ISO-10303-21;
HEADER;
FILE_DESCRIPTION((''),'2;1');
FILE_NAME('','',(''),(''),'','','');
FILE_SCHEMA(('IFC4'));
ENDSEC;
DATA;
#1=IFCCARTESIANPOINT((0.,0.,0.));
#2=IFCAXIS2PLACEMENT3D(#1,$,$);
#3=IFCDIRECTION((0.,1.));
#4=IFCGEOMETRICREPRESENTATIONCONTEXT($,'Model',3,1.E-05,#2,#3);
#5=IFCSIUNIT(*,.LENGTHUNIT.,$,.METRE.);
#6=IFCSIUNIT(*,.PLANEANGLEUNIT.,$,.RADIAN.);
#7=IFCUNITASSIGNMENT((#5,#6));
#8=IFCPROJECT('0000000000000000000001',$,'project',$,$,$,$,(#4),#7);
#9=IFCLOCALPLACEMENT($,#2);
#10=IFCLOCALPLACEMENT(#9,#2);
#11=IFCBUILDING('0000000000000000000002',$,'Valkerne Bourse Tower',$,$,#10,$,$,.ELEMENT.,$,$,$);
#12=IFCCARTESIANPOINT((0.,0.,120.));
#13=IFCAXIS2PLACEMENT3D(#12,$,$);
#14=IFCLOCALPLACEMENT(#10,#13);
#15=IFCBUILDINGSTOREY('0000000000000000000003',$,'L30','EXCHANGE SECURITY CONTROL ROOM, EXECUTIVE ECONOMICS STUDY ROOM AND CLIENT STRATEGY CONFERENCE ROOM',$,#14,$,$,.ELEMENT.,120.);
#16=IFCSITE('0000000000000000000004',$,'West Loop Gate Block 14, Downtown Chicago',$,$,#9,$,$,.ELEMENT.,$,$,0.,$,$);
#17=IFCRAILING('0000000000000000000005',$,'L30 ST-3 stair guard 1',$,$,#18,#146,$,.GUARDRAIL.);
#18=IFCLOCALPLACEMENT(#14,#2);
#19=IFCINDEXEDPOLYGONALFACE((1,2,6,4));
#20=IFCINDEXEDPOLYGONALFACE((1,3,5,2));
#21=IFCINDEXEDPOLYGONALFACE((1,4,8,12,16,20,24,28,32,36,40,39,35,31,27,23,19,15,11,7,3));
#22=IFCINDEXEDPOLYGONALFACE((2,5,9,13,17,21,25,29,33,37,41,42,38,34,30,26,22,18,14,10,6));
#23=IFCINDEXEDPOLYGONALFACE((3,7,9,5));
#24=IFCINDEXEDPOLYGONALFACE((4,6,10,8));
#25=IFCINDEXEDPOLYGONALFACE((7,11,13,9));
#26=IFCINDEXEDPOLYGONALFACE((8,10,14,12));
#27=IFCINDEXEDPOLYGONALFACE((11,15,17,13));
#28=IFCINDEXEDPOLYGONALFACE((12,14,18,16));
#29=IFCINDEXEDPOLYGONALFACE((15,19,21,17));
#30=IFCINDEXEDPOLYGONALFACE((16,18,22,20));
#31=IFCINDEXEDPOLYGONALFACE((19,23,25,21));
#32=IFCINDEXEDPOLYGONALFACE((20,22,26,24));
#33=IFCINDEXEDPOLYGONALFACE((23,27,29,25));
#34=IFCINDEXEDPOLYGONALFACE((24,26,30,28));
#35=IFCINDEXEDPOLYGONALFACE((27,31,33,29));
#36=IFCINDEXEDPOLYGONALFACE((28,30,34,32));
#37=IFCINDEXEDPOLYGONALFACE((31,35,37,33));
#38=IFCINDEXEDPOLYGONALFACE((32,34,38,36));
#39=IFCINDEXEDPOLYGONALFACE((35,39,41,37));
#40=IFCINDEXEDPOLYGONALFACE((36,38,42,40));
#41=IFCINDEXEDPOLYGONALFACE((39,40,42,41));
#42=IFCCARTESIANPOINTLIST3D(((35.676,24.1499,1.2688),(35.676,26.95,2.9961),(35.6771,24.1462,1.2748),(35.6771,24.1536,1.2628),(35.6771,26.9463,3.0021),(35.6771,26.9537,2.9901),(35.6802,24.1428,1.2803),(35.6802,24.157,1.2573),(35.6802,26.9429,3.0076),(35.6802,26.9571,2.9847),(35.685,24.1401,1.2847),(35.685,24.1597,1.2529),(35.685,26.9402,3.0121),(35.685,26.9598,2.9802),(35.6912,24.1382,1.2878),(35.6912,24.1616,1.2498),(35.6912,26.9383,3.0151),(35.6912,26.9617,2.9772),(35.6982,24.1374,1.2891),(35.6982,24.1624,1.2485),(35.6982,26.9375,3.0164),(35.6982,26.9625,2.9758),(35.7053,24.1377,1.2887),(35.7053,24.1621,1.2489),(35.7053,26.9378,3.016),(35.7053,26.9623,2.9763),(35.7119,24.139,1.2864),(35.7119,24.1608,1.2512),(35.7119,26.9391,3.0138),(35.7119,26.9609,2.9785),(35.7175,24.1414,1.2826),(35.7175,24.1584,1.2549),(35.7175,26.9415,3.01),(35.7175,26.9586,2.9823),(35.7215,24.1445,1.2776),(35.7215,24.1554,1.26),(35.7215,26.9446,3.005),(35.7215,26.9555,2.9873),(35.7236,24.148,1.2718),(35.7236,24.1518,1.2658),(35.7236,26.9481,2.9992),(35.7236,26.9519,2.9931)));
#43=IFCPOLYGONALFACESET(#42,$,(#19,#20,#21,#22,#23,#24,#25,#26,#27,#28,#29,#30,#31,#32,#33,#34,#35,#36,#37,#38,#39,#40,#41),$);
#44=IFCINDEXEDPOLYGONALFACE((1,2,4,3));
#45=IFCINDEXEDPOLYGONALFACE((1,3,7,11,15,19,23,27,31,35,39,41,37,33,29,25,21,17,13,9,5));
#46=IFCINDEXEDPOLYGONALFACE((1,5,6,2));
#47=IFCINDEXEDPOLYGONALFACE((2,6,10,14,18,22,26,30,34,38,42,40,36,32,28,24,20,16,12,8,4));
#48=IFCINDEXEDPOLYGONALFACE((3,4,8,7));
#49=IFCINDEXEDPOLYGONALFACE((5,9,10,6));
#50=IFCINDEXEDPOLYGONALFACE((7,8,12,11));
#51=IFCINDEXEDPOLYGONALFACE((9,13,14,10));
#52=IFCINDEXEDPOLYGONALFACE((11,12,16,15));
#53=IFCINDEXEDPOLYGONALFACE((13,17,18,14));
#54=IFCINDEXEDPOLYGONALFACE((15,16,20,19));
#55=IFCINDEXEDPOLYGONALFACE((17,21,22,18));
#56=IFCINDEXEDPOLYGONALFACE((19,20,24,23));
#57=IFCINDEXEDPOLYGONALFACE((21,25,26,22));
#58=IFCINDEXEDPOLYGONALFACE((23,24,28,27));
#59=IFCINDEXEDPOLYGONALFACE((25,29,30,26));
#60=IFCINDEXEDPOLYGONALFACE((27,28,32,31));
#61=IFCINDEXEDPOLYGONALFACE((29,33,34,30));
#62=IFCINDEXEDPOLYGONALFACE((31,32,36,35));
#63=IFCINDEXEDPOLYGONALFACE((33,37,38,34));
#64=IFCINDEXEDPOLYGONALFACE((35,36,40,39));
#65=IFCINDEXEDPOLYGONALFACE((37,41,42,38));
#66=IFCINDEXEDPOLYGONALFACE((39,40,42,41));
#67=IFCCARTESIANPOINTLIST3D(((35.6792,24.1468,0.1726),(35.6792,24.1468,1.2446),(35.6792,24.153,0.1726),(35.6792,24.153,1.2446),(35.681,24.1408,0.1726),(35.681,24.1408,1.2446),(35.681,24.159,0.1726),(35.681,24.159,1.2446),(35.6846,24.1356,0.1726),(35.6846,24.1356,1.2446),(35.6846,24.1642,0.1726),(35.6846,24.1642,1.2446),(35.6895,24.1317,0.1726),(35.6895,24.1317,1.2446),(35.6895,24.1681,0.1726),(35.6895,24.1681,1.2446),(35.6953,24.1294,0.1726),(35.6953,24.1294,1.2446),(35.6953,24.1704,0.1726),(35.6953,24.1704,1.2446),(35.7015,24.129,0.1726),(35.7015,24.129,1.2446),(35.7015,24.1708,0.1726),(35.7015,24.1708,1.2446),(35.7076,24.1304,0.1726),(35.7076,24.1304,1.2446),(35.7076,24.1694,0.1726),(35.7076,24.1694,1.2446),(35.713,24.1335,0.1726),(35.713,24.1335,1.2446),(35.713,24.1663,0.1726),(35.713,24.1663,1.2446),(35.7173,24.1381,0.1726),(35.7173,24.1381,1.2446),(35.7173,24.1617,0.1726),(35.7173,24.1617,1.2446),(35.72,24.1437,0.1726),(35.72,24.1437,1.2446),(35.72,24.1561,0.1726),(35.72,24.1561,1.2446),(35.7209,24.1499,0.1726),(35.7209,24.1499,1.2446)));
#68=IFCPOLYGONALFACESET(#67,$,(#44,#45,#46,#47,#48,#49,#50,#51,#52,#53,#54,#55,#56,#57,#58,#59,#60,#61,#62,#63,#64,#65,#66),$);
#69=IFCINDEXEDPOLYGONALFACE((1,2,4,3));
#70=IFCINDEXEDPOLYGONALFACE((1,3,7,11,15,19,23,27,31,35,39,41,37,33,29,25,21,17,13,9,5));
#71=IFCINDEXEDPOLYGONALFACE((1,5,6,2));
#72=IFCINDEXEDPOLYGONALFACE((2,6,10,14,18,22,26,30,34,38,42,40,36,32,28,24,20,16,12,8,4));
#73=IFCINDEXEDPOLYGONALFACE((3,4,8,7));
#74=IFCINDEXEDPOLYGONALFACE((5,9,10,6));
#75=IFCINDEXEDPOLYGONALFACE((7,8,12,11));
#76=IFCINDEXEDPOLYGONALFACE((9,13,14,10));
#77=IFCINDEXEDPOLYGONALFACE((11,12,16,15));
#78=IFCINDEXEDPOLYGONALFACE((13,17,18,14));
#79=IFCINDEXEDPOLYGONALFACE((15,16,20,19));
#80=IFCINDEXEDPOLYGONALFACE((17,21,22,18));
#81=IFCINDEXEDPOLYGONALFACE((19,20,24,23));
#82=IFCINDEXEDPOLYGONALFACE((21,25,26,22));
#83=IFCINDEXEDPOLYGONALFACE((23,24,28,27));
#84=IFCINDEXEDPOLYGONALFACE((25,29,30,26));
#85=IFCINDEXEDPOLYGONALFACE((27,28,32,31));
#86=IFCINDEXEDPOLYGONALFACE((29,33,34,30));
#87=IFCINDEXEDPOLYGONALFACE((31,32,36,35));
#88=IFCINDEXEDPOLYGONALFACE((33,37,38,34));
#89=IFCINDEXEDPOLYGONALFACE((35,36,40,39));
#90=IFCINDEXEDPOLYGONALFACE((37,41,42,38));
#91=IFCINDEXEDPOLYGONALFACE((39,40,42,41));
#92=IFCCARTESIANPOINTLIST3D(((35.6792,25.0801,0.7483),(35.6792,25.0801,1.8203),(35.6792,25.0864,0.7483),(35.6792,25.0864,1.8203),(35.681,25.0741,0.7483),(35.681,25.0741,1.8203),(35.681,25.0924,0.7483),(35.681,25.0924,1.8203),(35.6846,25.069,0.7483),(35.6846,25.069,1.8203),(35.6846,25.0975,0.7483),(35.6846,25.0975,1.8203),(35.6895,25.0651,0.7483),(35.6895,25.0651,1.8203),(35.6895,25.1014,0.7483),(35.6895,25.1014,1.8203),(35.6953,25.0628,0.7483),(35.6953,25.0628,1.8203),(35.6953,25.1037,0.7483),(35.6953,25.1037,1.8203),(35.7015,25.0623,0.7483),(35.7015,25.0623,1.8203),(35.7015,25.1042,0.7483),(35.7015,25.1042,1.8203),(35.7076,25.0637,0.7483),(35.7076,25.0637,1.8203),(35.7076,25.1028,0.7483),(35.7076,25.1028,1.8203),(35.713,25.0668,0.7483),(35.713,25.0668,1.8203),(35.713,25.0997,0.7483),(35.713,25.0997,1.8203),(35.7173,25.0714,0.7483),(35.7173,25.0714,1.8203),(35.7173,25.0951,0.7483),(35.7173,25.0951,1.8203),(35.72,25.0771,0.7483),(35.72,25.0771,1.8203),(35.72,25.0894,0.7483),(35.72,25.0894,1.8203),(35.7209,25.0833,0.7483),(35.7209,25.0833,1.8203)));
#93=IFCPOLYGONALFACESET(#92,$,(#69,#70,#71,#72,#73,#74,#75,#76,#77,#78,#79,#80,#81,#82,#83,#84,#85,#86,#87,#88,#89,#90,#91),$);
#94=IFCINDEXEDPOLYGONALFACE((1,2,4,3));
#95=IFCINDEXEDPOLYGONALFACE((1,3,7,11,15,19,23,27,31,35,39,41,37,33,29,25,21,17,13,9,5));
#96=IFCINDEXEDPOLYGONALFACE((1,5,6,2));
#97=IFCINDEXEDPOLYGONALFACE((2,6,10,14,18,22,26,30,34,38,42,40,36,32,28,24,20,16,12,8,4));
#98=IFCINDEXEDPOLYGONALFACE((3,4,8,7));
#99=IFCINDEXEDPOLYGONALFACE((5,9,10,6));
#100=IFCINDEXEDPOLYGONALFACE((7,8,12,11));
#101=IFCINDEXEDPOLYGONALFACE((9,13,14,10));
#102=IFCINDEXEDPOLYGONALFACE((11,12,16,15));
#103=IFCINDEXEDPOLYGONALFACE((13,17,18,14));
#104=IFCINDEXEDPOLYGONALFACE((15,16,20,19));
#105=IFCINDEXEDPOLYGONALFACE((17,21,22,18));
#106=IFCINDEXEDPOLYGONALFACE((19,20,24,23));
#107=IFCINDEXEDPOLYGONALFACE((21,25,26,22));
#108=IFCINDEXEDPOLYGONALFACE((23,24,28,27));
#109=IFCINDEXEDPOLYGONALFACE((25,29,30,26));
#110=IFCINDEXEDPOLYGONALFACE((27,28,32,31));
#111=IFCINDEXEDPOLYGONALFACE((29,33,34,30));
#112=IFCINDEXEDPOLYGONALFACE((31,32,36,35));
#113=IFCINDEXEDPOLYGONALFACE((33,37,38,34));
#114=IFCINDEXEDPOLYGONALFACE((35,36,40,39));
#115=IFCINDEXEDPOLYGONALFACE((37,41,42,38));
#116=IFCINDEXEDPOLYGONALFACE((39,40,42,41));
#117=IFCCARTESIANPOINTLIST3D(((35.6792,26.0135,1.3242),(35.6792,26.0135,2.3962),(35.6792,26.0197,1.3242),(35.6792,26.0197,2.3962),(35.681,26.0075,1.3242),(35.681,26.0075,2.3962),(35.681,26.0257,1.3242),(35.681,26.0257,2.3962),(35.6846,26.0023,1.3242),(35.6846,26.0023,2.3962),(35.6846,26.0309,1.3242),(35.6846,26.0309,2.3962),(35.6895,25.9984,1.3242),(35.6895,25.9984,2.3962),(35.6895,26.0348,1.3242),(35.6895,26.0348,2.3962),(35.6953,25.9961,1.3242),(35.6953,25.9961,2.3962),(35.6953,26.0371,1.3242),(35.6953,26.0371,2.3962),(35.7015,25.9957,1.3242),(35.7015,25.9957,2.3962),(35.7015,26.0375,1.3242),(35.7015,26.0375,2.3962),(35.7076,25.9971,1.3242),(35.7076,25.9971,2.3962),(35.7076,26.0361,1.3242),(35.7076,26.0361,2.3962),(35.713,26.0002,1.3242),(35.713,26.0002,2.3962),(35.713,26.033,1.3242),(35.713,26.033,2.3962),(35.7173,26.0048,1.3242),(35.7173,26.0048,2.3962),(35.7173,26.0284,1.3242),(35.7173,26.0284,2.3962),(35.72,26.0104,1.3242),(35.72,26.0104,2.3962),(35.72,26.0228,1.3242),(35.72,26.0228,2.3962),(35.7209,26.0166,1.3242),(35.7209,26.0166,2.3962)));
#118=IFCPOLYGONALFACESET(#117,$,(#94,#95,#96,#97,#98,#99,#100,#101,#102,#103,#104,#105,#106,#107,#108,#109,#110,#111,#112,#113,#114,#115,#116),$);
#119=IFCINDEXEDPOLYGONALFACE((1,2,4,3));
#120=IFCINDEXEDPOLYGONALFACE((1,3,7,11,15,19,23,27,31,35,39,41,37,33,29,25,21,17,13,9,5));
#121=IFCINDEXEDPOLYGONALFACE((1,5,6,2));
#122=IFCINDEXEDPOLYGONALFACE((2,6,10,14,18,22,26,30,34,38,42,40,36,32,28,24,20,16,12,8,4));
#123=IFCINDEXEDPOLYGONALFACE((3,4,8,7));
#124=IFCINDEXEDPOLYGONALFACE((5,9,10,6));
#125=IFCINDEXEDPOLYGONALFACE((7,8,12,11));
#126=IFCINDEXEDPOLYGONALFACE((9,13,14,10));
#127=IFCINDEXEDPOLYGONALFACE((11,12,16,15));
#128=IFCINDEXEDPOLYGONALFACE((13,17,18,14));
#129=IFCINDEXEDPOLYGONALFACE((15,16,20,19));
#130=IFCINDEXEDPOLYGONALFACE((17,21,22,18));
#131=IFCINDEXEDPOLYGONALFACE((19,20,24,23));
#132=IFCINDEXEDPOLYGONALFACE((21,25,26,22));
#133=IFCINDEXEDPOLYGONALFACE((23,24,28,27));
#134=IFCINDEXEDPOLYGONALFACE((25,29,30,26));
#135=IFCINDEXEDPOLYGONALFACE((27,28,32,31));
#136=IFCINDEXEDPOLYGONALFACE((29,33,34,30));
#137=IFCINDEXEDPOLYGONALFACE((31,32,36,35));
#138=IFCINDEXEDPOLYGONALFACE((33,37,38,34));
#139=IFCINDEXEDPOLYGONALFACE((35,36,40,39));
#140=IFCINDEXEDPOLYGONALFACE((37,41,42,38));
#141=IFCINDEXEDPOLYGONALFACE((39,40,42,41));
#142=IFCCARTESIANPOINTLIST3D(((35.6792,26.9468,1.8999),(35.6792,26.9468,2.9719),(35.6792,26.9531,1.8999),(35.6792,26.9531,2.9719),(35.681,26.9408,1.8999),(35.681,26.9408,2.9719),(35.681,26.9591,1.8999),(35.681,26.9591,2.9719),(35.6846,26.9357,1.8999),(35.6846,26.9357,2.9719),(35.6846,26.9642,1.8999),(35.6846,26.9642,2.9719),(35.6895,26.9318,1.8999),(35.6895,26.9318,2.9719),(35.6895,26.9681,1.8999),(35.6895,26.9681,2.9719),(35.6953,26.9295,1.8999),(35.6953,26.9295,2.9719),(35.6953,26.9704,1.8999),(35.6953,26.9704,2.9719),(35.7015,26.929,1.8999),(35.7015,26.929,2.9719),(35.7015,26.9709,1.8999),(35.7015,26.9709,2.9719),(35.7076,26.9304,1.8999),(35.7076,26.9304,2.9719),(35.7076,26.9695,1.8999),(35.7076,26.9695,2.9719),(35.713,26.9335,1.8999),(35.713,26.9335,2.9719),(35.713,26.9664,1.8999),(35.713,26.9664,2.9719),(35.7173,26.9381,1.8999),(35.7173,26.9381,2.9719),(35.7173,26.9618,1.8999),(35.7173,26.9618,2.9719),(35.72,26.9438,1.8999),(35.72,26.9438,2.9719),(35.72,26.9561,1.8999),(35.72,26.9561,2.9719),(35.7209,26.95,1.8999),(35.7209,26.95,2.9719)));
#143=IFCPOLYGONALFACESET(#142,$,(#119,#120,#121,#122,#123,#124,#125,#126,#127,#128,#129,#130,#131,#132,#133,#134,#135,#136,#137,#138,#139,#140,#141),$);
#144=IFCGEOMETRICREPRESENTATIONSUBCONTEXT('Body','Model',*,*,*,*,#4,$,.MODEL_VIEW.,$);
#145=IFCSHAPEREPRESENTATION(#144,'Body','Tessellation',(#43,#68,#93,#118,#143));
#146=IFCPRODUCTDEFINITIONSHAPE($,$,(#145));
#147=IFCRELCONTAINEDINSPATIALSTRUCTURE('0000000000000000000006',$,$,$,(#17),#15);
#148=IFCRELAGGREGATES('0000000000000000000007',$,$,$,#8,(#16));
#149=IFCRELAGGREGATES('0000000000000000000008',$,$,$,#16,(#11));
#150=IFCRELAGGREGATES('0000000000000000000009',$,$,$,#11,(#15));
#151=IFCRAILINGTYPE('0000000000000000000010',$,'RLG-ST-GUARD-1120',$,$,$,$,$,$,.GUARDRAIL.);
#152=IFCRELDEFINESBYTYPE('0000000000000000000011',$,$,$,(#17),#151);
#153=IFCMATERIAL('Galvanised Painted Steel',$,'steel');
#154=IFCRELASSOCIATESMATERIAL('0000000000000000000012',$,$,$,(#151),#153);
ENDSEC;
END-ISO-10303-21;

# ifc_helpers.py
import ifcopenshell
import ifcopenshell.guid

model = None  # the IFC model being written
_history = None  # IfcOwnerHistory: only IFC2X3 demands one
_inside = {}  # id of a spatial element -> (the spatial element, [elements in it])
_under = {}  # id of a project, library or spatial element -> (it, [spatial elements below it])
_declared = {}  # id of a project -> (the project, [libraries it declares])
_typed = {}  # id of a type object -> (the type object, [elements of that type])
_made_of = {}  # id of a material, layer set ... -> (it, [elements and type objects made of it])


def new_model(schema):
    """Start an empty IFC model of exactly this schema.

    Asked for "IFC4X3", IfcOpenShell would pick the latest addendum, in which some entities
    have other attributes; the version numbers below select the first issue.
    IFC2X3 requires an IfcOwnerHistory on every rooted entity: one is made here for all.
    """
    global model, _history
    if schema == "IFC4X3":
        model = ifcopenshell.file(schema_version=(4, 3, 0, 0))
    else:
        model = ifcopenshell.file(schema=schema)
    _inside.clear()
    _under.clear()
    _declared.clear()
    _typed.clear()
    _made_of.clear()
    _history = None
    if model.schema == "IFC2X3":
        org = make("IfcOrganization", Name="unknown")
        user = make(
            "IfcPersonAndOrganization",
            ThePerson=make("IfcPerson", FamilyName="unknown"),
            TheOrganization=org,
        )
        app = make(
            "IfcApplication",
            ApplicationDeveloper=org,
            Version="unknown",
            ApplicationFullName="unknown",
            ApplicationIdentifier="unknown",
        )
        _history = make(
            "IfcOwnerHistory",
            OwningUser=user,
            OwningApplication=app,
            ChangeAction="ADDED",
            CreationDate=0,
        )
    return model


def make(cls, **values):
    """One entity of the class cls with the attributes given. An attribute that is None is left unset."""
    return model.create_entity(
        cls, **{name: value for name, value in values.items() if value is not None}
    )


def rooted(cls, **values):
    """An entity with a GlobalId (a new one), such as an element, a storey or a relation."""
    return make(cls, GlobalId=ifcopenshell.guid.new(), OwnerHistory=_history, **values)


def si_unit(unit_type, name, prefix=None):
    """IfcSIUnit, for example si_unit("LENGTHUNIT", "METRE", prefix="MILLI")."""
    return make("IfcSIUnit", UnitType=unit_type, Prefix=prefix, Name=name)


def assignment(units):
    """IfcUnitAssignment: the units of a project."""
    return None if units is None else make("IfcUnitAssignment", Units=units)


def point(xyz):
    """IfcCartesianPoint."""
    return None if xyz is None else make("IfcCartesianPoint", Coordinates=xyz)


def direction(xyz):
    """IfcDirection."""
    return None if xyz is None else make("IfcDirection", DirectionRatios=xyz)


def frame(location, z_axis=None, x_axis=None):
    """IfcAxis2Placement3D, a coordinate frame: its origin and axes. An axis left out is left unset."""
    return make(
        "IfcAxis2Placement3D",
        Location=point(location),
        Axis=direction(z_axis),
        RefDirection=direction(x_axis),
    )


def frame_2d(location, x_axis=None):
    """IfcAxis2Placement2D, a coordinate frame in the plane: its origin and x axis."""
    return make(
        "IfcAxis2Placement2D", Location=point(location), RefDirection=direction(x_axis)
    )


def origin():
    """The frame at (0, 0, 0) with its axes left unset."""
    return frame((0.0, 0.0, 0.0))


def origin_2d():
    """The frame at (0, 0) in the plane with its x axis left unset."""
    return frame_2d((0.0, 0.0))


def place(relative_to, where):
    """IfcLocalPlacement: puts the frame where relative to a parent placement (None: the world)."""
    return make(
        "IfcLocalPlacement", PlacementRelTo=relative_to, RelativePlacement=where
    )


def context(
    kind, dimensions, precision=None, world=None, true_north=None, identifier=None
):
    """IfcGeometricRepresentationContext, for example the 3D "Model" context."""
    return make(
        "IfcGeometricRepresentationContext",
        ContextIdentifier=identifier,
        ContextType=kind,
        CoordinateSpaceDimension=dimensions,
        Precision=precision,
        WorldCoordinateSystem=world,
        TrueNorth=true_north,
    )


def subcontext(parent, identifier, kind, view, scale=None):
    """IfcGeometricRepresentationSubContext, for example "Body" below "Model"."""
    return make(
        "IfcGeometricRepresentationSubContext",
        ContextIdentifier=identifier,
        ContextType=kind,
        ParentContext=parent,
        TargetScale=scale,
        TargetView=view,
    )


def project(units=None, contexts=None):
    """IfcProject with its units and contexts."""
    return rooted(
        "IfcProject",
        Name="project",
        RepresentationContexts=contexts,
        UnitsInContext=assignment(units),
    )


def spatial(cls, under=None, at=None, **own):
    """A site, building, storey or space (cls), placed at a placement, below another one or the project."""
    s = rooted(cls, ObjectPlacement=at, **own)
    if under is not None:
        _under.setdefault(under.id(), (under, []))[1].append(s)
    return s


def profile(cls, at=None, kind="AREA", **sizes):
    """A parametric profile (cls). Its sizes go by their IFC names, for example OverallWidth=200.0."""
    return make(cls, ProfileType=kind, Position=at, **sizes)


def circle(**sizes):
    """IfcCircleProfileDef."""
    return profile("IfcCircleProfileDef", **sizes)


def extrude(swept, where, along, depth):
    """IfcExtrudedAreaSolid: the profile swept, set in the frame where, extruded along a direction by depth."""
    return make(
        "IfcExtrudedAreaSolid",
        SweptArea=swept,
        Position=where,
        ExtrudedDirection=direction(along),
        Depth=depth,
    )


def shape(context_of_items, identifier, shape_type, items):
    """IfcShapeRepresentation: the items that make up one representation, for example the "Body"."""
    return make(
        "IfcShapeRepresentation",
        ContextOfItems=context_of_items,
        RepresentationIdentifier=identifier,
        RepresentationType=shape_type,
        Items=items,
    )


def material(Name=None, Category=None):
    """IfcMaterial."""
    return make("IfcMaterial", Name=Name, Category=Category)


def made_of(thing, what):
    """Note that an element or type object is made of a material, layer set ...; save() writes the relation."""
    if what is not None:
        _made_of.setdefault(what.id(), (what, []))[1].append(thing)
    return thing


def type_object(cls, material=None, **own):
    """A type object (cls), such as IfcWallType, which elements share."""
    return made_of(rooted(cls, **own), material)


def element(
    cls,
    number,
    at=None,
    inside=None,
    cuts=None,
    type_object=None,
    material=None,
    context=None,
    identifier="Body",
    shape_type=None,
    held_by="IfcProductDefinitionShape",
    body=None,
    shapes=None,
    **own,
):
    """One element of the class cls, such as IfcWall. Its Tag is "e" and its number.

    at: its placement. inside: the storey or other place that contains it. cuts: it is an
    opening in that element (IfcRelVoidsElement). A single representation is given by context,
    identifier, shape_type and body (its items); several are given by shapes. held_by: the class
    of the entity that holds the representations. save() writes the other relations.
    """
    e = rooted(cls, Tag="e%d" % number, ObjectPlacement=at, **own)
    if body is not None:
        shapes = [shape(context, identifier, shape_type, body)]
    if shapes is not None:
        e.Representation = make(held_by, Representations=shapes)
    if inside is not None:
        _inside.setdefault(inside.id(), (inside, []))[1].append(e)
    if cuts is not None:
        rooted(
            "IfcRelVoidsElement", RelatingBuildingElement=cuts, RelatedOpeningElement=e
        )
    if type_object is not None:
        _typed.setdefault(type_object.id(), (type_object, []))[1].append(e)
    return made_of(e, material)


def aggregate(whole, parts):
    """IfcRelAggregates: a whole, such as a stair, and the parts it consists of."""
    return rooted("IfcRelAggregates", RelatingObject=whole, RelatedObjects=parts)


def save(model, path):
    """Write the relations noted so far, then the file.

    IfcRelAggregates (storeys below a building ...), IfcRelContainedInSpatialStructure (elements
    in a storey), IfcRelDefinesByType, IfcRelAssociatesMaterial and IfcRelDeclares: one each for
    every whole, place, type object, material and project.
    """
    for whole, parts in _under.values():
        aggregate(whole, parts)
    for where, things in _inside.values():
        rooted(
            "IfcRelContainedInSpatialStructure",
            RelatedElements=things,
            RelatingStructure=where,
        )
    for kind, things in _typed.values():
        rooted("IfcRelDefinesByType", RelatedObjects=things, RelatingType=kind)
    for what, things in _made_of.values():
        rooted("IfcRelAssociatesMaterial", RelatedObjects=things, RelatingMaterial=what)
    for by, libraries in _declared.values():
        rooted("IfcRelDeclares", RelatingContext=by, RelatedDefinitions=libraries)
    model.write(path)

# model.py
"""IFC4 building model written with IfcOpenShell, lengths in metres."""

from ifc_helpers import new_model, si_unit, direction, frame, origin, origin_2d, place, context, subcontext, project, spatial, circle, extrude, material, type_object, element, save


model = new_model("IFC4")

# Units and contexts
model_context = context("Model", 3, precision=1e-05, world=origin(), true_north=direction((0.0, 1.0)))
body_context = subcontext(model_context, "Body", "Model", "MODEL_VIEW")
ifc_project = project(units=[si_unit("LENGTHUNIT", "METRE"), si_unit("PLANEANGLEUNIT", "RADIAN")], contexts=[model_context])

# Site, building, storey
site_placement = place(None, origin())
site = spatial("IfcSite", under=ifc_project, at=site_placement, Name="West Loop Gate Block 14, Downtown Chicago", CompositionType="ELEMENT", RefElevation=0.0)
building_placement = place(site_placement, origin())
building = spatial("IfcBuilding", under=site, at=building_placement, Name="Valkerne Bourse Tower", CompositionType="ELEMENT")
storey_placement = place(building_placement, frame((0.0, 0.0, 120.0)))
storey = spatial("IfcBuildingStorey", under=building, at=storey_placement, Name="L30", Description="EXCHANGE SECURITY CONTROL ROOM, EXECUTIVE ECONOMICS STUDY ROOM AND CLIENT STRATEGY CONFERENCE ROOM", CompositionType="ELEMENT", Elevation=120.0)

# Railing
ifc_material_1 = material(Name="Galvanised Painted Steel", Category="steel")
railing_type_1 = type_object("IfcRailingType", Name="RLG-ST-GUARD-1120", PredefinedType="GUARDRAIL", material=ifc_material_1)
railing_1_placement = place(storey_placement, frame((35.7, 24.1499, 0.1726)))
element("IfcRailing", 1, at=railing_1_placement, inside=storey, type_object=railing_type_1, Name="L30 ST-3 stair guard 1", PredefinedType="GUARDRAIL", context=body_context, shape_type="SweptSolid", body=[
    extrude(circle(Radius=0.0239, at=origin_2d()), frame((0.0, 0.0, 1.0962), z_axis=(0.0, 0.85109, 0.52502), x_axis=(-1.0, 0.0, 0.0)), (0.0, 0.0, 1.0), 3.29),
    extrude(circle(Radius=0.021, at=origin_2d()), origin(), (0.0, 0.0, 1.0), 1.072),
    extrude(circle(Radius=0.021, at=origin_2d()), frame((0.0, 0.9333, 0.5757)), (0.0, 0.0, 1.0), 1.072),
    extrude(circle(Radius=0.021, at=origin_2d()), frame((0.0, 1.8667, 1.1516)), (0.0, 0.0, 1.0), 1.072),
    extrude(circle(Radius=0.021, at=origin_2d()), frame((0.0, 2.8, 1.7273)), (0.0, 0.0, 1.0), 1.072),
])

save(model, "model.ifc")
